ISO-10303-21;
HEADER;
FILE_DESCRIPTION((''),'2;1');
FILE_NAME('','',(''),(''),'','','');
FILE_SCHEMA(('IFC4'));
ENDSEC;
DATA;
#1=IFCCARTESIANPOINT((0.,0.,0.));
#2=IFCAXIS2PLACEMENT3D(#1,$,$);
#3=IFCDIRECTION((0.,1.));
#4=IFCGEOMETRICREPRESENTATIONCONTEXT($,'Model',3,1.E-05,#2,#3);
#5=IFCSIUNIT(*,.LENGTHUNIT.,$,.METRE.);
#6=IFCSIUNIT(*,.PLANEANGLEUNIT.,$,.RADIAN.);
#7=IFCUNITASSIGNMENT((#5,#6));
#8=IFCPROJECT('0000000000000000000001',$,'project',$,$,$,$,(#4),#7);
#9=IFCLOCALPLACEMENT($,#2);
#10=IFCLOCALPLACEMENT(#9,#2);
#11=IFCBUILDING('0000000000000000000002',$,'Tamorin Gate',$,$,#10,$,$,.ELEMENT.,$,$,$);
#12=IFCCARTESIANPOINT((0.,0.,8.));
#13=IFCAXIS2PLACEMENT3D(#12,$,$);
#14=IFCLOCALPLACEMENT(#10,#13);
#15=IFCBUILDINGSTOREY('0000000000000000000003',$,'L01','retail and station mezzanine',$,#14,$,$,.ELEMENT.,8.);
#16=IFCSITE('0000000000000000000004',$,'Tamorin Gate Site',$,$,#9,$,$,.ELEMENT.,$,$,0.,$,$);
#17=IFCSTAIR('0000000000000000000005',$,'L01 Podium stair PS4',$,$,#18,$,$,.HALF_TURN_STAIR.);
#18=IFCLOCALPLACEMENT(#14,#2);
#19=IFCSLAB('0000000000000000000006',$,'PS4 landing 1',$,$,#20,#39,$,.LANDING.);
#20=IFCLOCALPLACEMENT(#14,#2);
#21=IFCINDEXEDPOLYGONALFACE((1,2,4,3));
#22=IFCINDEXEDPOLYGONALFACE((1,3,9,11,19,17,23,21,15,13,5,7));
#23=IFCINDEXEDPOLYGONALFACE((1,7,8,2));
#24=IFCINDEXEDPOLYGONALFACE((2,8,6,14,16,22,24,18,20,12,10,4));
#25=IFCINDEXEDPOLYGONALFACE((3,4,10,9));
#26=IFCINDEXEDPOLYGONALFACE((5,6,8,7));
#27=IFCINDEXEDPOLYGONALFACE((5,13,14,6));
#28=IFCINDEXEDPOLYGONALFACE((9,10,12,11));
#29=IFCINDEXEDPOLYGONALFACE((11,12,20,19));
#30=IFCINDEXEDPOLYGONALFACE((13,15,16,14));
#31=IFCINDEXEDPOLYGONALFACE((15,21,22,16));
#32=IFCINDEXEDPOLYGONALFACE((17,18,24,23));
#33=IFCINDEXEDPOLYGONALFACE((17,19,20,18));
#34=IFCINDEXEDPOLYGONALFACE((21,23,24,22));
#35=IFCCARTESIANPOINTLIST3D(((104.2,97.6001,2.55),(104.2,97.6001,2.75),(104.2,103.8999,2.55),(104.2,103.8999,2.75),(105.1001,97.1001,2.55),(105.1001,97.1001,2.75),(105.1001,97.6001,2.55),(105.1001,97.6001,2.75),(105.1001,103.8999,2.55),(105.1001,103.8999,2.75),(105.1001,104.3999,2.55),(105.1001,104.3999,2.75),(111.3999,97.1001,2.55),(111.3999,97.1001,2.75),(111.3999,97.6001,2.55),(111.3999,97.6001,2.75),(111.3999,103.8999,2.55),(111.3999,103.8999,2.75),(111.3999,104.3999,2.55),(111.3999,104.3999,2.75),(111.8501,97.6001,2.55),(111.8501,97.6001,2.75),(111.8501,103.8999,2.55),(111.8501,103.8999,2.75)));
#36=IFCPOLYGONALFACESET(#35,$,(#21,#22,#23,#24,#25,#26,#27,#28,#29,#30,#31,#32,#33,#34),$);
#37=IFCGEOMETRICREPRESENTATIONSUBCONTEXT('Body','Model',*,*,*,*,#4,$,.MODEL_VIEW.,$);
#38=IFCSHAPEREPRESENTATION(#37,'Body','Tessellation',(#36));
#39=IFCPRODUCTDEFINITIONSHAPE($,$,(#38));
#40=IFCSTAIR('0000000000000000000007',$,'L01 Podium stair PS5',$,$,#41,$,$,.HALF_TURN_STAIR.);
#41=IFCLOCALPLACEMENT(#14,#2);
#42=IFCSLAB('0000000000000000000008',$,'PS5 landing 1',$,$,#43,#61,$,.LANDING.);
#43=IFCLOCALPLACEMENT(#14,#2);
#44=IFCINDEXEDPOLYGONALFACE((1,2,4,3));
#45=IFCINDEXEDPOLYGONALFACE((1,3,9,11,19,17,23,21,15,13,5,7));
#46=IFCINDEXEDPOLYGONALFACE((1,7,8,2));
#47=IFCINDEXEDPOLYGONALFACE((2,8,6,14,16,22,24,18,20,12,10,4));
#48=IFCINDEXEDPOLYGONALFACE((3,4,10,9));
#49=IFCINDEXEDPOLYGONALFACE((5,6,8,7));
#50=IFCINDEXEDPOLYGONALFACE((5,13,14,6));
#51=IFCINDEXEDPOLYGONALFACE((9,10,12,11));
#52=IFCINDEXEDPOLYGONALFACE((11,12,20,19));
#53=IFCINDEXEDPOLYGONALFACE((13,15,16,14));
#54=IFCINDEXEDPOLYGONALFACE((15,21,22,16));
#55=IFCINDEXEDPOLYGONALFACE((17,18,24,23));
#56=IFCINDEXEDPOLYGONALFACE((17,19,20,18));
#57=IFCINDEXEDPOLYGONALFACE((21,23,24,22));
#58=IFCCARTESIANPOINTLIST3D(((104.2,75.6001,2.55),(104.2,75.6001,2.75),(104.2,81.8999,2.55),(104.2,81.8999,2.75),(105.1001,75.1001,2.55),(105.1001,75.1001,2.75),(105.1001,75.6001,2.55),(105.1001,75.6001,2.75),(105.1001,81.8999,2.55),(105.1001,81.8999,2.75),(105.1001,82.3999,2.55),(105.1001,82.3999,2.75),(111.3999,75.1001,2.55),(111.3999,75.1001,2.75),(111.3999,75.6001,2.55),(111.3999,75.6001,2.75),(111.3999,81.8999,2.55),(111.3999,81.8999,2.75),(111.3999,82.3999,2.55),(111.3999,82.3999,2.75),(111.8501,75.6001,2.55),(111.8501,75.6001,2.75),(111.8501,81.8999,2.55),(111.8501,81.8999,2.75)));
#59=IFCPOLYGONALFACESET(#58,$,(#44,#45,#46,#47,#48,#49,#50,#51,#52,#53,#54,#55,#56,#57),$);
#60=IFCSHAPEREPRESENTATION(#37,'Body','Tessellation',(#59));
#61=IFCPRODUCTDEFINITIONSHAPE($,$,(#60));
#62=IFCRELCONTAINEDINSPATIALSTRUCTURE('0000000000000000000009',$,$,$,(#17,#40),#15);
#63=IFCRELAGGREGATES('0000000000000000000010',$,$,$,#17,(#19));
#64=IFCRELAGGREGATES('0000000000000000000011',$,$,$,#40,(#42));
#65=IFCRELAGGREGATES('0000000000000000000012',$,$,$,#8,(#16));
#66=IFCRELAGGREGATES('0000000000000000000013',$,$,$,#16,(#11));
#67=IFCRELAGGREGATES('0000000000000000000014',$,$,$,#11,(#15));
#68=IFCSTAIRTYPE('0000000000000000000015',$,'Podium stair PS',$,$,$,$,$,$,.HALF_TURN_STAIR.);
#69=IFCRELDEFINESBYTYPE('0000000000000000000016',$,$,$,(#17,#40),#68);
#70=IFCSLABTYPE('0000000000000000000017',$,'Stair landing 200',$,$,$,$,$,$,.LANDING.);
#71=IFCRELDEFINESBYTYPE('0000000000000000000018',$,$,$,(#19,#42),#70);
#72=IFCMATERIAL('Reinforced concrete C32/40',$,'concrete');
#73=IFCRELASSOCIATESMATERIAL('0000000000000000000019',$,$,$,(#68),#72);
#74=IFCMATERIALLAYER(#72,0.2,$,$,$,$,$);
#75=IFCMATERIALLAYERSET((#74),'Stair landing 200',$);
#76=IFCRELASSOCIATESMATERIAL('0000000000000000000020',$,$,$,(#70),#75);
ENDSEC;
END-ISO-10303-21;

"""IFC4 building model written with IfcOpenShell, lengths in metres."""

from ifc_helpers import new_model, si_unit, direction, frame, origin, place, context, subcontext, project, spatial, polyline, outline, extrude, material, layer, layer_set, type_object, element, aggregate, save


model = new_model("IFC4")

# Units and contexts
model_context = context("Model", 3, precision=1e-05, world=origin(), true_north=direction((0.0, 1.0)))
body_context = subcontext(model_context, "Body", "Model", "MODEL_VIEW")
ifc_project = project(units=[si_unit("LENGTHUNIT", "METRE"), si_unit("PLANEANGLEUNIT", "RADIAN")], contexts=[model_context])

# Site, building, storey
site_placement = place(None, origin())
site = spatial("IfcSite", under=ifc_project, at=site_placement, Name="Tamorin Gate Site", CompositionType="ELEMENT", RefElevation=0.0)
building_placement = place(site_placement, origin())
building = spatial("IfcBuilding", under=site, at=building_placement, Name="Tamorin Gate", CompositionType="ELEMENT")
storey_placement = place(building_placement, frame((0.0, 0.0, 8.0)))
storey = spatial("IfcBuildingStorey", under=building, at=storey_placement, Name="L01", Description="retail and station mezzanine", CompositionType="ELEMENT", Elevation=8.0)

# Stairs, slabs
ifc_material_1 = material(Name="Reinforced concrete C32/40", Category="concrete")
stair_type_1 = type_object("IfcStairType", Name="Podium stair PS", PredefinedType="HALF_TURN_STAIR", material=ifc_material_1)
ifc_layer_1 = layer(ifc_material_1, 0.2)
ifc_layer_set_1 = layer_set([ifc_layer_1], Name="Stair landing 200")
slab_type_1 = type_object("IfcSlabType", Name="Stair landing 200", PredefinedType="LANDING", material=ifc_layer_set_1)
stair_1_placement = place(storey_placement, origin())
stair_1 = element("IfcStair", 1, at=stair_1_placement, inside=storey, type_object=stair_type_1, Name="L01 Podium stair PS4", PredefinedType="HALF_TURN_STAIR")
slab_1_placement = place(storey_placement, frame((0.0, 0.0, 2.55)))
slab_1 = element("IfcSlab", 2, at=slab_1_placement, type_object=slab_type_1, Name="PS4 landing 1", PredefinedType="LANDING", context=body_context, shape_type="SweptSolid", body=[
    extrude(outline(polyline([(111.3999, 97.6001), (111.3999, 97.1001), (105.1001, 97.1001), (105.1001, 97.6001), (104.2, 97.6001), (104.2, 103.8999), (105.1001, 103.8999), (105.1001, 104.3999), (111.3999, 104.3999), (111.3999, 103.8999), (111.8501, 103.8999), (111.8501, 97.6001), (111.3999, 97.6001)])), origin(), (0.0, 0.0, 1.0), 0.2),
])
aggregate(stair_1, [slab_1])
stair_2_placement = place(storey_placement, origin())
stair_2 = element("IfcStair", 3, at=stair_2_placement, inside=storey, type_object=stair_type_1, Name="L01 Podium stair PS5", PredefinedType="HALF_TURN_STAIR")
slab_2_placement = place(storey_placement, frame((0.0, 0.0, 2.55)))
slab_2 = element("IfcSlab", 4, at=slab_2_placement, type_object=slab_type_1, Name="PS5 landing 1", PredefinedType="LANDING", context=body_context, shape_type="SweptSolid", body=[
    extrude(outline(polyline([(111.3999, 75.6001), (111.3999, 75.1001), (105.1001, 75.1001), (105.1001, 75.6001), (104.2, 75.6001), (104.2, 81.8999), (105.1001, 81.8999), (105.1001, 82.3999), (111.3999, 82.3999), (111.3999, 81.8999), (111.8501, 81.8999), (111.8501, 75.6001), (111.3999, 75.6001)])), origin(), (0.0, 0.0, 1.0), 0.2),
])
aggregate(stair_2, [slab_2])

save(model, "model.ifc")
